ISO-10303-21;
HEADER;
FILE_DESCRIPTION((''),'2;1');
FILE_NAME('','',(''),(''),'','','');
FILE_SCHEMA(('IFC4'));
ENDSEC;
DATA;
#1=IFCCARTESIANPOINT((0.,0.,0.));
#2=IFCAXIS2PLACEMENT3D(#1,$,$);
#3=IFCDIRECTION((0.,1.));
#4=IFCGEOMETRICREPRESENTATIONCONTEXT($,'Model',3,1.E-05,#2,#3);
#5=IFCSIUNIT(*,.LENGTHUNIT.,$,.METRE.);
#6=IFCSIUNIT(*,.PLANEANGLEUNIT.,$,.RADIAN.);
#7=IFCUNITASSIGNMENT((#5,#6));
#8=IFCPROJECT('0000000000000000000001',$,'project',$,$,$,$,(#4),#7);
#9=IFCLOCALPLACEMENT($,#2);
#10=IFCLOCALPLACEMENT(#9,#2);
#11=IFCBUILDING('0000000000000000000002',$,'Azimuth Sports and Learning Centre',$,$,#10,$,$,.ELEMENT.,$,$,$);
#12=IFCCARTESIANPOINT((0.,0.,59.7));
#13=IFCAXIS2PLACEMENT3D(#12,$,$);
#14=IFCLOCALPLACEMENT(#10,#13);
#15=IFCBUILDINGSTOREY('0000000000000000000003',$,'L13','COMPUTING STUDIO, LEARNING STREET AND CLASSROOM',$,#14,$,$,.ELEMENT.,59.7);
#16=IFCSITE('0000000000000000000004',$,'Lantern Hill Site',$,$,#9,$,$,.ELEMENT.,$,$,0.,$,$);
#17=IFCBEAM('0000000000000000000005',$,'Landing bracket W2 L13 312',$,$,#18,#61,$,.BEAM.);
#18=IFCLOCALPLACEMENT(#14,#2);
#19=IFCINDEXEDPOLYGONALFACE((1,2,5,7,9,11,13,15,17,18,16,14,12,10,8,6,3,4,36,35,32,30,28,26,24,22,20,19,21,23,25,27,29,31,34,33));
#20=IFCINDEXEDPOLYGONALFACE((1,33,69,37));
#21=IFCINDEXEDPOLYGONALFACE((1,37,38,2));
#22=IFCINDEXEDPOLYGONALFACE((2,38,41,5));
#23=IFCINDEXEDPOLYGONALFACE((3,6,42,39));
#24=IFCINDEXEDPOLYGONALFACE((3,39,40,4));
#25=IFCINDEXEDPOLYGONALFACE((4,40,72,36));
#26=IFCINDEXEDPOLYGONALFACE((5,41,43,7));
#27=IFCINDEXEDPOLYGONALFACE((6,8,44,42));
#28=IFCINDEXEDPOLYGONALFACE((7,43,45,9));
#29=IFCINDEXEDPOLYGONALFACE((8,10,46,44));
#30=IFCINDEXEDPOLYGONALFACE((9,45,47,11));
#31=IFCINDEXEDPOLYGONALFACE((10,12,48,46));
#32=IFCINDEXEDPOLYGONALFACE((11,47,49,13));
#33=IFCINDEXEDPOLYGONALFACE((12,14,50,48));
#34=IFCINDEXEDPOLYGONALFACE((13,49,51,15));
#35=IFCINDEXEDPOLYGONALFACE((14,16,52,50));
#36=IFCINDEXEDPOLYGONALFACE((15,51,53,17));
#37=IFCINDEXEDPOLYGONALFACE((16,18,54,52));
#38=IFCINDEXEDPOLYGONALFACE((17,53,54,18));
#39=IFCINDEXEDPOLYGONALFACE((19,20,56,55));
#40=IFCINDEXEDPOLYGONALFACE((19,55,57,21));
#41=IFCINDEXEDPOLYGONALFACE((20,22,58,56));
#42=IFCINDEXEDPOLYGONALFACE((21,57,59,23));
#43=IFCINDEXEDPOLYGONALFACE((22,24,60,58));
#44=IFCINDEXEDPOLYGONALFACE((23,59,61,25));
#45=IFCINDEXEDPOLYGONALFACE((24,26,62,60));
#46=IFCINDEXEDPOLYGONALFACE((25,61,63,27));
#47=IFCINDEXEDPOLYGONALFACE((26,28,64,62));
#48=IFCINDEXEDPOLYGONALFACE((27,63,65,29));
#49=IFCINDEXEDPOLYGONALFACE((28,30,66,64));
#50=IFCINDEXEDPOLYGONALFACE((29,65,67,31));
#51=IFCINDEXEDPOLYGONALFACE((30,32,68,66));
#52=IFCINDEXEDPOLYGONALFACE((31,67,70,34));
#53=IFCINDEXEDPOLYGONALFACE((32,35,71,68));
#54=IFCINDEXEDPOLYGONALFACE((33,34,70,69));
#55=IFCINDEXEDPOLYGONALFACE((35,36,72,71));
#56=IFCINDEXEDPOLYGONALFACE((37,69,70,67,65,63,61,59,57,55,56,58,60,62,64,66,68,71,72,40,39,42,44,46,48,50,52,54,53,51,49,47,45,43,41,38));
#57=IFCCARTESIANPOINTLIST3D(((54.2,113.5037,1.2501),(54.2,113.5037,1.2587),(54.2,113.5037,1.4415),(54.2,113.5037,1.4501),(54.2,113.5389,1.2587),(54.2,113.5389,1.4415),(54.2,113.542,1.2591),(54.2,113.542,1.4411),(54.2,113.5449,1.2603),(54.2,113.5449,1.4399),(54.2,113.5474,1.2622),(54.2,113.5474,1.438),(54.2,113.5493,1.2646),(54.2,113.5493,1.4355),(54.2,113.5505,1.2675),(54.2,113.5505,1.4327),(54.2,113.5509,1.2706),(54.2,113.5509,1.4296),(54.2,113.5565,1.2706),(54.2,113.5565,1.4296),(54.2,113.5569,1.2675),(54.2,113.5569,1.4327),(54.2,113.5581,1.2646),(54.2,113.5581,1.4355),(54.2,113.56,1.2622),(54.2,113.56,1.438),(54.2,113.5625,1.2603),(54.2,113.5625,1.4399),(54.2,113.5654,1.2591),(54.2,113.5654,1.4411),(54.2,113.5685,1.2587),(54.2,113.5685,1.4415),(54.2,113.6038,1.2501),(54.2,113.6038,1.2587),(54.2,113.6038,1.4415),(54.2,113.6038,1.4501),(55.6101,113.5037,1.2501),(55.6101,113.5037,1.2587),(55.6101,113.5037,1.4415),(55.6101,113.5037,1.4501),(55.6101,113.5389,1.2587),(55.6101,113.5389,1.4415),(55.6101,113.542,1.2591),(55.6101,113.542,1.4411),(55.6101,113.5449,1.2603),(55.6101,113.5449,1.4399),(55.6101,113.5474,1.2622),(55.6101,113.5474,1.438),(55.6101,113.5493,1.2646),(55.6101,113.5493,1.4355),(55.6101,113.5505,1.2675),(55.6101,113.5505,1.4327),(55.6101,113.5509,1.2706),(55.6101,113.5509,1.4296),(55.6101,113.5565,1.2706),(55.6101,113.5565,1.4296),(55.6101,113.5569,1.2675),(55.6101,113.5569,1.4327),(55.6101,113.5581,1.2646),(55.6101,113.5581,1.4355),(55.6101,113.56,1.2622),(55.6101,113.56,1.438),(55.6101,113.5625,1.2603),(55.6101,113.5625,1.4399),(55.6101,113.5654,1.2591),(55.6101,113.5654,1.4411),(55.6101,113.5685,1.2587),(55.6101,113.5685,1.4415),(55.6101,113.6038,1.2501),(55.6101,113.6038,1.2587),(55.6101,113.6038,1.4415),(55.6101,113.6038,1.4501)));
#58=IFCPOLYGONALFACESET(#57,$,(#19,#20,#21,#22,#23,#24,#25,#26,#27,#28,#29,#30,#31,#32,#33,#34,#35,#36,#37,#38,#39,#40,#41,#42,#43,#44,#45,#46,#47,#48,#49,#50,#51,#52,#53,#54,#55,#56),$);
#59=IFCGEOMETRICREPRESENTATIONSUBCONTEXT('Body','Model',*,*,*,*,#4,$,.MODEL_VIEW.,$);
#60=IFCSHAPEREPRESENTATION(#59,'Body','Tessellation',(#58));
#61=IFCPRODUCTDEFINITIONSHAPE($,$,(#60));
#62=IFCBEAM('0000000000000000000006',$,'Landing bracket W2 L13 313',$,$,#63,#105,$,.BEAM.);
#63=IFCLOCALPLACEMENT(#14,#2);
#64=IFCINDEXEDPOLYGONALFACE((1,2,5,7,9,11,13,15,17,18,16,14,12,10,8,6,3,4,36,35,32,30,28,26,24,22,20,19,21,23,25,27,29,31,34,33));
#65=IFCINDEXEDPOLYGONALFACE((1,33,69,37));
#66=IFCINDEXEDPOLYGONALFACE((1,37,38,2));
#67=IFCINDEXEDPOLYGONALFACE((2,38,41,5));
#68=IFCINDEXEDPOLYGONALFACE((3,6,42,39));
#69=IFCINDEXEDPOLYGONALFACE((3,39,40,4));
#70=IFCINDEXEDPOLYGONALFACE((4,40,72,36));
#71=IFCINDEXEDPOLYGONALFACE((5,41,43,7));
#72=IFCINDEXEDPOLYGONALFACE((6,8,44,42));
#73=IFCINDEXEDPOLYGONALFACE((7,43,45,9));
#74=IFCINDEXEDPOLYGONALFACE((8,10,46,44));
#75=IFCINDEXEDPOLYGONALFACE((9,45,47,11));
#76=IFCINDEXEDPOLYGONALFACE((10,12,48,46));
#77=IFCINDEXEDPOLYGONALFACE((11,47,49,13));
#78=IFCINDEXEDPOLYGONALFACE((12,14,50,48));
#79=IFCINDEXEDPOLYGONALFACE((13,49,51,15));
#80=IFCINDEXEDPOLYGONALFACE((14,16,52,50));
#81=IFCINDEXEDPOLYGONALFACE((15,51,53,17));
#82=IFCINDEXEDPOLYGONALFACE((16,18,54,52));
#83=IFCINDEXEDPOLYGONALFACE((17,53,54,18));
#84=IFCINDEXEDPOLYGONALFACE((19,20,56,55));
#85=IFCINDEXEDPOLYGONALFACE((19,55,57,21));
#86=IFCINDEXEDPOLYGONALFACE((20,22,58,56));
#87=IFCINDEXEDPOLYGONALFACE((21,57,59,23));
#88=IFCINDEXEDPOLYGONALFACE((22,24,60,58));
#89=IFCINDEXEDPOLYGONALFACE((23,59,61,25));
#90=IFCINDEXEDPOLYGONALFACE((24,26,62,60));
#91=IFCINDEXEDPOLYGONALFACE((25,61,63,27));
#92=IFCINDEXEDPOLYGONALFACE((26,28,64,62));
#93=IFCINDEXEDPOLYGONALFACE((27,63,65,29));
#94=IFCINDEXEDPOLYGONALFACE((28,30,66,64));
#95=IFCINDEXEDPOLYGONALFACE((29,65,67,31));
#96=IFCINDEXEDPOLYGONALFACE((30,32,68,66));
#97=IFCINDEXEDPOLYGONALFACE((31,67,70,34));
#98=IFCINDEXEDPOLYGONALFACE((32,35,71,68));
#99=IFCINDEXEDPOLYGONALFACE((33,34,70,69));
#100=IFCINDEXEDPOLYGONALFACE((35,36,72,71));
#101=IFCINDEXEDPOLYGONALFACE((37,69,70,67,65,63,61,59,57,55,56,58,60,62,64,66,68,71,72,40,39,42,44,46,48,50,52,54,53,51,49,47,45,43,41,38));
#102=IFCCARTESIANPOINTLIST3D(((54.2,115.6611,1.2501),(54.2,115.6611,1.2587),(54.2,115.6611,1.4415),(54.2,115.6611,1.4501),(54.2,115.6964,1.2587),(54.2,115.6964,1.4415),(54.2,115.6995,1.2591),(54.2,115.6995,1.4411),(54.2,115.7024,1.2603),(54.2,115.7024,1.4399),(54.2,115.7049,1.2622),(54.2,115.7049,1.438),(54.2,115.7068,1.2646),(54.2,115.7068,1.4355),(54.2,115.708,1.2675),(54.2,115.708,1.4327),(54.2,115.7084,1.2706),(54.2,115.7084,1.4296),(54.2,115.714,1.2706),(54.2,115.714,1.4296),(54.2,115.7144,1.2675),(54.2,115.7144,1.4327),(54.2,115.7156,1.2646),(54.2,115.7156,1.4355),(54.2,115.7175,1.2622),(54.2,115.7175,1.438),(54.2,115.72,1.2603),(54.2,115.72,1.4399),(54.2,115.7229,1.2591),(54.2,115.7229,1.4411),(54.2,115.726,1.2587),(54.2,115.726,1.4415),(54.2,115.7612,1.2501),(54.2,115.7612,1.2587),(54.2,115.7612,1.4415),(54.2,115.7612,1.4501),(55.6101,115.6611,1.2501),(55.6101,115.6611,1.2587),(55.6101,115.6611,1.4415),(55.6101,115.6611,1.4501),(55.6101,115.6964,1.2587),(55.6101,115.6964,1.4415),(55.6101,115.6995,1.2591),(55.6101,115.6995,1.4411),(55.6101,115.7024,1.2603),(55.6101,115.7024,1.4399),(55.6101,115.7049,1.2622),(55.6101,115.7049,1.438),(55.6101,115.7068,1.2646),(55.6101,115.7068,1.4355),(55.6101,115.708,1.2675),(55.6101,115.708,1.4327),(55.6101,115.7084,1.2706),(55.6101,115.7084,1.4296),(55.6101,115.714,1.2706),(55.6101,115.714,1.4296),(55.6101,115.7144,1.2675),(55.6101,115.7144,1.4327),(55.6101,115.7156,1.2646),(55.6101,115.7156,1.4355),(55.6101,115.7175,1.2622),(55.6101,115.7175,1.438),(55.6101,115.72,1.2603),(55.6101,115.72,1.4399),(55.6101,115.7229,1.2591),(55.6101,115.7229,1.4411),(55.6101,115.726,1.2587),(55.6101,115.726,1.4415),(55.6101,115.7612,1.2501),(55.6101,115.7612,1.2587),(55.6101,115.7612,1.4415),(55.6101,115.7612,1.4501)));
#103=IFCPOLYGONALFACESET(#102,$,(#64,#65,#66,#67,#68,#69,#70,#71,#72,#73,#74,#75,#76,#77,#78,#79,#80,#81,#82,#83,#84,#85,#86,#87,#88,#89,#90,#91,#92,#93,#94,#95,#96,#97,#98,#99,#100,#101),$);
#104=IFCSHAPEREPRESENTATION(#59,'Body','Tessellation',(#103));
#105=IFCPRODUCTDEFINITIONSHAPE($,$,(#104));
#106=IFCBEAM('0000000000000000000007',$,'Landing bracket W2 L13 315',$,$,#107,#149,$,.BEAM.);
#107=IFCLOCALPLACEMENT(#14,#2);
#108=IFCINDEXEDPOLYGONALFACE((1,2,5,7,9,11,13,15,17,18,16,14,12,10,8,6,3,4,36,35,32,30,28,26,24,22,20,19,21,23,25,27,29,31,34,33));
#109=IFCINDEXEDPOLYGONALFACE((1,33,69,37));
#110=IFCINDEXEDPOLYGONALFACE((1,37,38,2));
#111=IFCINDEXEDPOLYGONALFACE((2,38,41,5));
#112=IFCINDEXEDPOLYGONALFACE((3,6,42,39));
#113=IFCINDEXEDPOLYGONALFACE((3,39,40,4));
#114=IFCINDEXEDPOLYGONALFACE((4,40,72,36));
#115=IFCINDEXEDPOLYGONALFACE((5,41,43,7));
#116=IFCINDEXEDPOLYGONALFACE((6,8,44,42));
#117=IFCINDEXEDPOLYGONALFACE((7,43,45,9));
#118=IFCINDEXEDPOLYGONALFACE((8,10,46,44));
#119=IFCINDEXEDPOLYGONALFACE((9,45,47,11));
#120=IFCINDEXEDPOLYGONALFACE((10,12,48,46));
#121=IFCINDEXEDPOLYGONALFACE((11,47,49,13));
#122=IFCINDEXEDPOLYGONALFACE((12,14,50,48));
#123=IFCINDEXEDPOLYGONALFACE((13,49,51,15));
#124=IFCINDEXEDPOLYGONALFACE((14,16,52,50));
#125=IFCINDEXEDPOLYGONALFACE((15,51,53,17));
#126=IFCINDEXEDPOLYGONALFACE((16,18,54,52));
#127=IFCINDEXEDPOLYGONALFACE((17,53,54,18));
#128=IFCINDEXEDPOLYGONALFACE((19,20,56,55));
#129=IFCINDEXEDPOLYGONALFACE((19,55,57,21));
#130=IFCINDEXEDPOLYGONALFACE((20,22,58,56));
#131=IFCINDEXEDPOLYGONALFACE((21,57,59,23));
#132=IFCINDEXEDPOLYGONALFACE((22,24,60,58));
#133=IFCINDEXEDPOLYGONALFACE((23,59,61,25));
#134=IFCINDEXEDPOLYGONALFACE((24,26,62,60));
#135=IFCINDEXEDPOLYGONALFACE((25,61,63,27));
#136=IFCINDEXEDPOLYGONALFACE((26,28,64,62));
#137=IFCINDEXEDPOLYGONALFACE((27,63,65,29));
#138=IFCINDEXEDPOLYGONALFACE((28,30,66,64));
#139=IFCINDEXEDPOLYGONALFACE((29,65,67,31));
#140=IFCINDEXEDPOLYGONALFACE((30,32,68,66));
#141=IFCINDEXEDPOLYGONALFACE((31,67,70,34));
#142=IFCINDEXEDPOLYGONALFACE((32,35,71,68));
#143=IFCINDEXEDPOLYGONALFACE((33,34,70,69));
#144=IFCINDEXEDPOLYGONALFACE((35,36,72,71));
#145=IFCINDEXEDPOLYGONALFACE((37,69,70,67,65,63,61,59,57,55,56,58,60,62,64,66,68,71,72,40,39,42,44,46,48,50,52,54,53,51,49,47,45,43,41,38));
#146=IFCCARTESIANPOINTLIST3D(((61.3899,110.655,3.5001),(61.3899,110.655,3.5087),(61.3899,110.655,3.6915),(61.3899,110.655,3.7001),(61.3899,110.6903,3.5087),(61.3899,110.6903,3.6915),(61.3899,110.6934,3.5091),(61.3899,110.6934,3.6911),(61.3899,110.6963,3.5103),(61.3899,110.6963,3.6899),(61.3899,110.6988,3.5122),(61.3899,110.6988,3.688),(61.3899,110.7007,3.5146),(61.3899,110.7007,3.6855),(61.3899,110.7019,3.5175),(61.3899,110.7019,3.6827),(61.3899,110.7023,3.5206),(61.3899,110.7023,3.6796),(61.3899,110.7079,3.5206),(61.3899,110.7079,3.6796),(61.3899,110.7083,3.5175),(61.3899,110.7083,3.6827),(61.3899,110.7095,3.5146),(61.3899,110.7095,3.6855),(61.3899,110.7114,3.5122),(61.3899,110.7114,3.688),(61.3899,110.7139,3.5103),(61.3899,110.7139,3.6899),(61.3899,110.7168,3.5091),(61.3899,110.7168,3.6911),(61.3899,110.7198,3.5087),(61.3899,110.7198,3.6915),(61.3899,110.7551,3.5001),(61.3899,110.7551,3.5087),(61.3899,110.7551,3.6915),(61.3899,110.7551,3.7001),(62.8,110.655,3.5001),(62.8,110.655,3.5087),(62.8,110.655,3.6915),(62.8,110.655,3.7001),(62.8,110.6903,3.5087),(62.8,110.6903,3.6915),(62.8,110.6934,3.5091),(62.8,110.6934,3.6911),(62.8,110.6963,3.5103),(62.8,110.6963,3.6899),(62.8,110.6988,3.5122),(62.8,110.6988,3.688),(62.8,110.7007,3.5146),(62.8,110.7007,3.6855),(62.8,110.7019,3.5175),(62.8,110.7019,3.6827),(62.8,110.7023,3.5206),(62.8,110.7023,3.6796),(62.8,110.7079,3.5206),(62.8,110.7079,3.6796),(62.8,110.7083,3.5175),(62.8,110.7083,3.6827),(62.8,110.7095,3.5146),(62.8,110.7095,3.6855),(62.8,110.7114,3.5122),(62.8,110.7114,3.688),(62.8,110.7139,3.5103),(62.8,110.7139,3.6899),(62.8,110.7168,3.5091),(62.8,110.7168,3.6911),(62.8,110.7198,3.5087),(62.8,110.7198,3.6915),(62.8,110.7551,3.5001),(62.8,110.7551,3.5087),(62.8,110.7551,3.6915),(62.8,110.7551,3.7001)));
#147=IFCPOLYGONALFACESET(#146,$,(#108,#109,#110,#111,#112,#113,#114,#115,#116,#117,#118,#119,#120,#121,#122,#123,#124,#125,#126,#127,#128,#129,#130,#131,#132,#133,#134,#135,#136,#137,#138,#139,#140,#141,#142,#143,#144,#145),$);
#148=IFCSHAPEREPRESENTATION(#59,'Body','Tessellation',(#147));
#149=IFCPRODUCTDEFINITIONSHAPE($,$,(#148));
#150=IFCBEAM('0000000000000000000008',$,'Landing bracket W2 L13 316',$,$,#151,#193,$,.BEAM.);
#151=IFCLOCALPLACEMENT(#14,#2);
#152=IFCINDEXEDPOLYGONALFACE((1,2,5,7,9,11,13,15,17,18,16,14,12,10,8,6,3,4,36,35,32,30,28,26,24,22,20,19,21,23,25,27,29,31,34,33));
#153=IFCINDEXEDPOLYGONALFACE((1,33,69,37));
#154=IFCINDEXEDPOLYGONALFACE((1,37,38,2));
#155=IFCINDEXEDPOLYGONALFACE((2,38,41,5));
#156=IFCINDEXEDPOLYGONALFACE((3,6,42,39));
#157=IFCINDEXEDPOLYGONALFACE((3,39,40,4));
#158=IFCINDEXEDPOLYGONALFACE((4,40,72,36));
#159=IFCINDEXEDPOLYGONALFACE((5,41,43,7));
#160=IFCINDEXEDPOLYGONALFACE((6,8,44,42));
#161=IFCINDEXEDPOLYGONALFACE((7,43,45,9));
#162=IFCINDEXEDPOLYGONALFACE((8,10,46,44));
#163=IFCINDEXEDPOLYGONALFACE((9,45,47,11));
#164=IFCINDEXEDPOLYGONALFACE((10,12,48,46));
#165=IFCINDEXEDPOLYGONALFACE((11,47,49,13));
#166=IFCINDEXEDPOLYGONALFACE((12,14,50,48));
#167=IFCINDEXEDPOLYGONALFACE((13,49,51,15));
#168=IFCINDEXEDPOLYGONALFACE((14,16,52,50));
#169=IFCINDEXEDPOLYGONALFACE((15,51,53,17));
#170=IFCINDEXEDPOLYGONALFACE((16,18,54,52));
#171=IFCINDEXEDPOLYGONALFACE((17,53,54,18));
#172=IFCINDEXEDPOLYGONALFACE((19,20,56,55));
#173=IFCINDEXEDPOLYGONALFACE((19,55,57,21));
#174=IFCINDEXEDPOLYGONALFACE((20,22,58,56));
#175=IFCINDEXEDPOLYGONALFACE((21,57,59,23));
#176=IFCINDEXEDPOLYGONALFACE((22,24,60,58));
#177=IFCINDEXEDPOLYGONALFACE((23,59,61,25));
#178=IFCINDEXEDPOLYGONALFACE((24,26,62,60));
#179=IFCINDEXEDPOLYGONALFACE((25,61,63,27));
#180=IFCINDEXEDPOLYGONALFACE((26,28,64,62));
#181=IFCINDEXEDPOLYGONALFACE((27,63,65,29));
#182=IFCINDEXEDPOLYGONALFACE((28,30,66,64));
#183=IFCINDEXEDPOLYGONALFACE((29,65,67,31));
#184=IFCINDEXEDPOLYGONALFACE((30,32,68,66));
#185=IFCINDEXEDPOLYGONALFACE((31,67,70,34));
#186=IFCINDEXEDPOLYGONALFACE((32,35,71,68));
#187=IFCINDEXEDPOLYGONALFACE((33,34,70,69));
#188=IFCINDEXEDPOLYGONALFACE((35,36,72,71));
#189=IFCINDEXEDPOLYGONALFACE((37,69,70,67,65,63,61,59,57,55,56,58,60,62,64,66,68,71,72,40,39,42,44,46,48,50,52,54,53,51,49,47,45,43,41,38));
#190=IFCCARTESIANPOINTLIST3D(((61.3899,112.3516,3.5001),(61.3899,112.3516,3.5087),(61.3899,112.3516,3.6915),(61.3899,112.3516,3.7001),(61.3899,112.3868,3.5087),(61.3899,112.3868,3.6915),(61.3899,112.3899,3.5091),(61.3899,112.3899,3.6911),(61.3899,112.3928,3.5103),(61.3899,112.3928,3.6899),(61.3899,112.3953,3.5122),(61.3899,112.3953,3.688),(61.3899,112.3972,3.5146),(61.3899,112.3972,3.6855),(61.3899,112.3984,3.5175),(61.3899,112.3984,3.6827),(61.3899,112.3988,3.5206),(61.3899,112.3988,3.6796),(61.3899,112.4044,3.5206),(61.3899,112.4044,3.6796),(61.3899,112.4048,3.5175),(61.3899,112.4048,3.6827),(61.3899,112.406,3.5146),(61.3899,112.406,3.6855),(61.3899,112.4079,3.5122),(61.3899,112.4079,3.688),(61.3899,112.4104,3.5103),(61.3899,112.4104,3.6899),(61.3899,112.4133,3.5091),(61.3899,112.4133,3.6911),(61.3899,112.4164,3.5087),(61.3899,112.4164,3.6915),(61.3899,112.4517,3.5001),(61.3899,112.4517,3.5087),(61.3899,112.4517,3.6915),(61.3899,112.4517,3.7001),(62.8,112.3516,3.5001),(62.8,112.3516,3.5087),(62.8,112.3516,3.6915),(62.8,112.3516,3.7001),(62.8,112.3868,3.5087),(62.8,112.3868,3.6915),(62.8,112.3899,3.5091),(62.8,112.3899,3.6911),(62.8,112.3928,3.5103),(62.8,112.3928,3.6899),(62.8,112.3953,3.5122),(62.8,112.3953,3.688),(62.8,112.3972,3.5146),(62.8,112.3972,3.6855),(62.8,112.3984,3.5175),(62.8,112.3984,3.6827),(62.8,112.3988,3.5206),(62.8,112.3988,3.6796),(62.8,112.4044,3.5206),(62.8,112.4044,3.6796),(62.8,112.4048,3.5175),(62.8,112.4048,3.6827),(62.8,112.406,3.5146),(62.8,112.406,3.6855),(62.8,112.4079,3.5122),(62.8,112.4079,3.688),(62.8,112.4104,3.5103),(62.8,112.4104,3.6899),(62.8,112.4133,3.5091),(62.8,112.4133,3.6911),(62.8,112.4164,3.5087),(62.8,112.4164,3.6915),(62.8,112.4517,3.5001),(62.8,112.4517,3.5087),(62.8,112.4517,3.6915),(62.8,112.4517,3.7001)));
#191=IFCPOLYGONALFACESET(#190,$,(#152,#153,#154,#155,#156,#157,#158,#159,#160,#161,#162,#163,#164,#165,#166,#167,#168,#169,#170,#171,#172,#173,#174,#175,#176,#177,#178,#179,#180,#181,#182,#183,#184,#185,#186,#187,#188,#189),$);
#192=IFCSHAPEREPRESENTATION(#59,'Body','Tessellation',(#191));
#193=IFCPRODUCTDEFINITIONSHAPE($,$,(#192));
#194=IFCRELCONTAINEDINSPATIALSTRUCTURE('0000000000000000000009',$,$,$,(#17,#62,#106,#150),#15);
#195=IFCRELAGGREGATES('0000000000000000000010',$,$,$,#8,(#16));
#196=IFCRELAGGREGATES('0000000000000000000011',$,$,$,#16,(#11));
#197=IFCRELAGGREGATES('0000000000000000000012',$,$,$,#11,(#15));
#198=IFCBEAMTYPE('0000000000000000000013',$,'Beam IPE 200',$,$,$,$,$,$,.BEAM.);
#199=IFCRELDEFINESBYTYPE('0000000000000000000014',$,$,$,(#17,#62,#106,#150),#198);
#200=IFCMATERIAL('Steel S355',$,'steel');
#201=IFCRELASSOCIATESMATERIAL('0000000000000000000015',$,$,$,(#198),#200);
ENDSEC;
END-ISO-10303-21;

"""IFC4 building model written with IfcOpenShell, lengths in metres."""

from ifc_helpers import new_model, si_unit, direction, frame, origin, origin_2d, place, context, subcontext, project, spatial, i_section, extrude, material, material_profile, profile_set, type_object, element, save


model = new_model("IFC4")

# Units and contexts
model_context = context("Model", 3, precision=1e-05, world=origin(), true_north=direction((0.0, 1.0)))
body_context = subcontext(model_context, "Body", "Model", "MODEL_VIEW")
ifc_project = project(units=[si_unit("LENGTHUNIT", "METRE"), si_unit("PLANEANGLEUNIT", "RADIAN")], contexts=[model_context])

# Site, building, storey
site_placement = place(None, origin())
site = spatial("IfcSite", under=ifc_project, at=site_placement, Name="Lantern Hill Site", CompositionType="ELEMENT", RefElevation=0.0)
building_placement = place(site_placement, origin())
building = spatial("IfcBuilding", under=site, at=building_placement, Name="Azimuth Sports and Learning Centre", CompositionType="ELEMENT")
storey_placement = place(building_placement, frame((0.0, 0.0, 59.7)))
storey = spatial("IfcBuildingStorey", under=building, at=storey_placement, Name="L13", Description="COMPUTING STUDIO, LEARNING STREET AND CLASSROOM", CompositionType="ELEMENT", Elevation=59.7)

# Beams
ifc_material_1 = material(Name="Steel S355", Category="steel")
ifc_material_profile_1 = material_profile(ifc_material_1, i_section(OverallWidth=0.1001, OverallDepth=0.2, WebThickness=0.0056, FlangeThickness=0.0085, FilletRadius=0.012, at=origin_2d()), Name="IPE 200")
ifc_profile_set_1 = profile_set([ifc_material_profile_1], Name="Steel S355")
beam_type_1 = type_object("IfcBeamType", Name="Beam IPE 200", PredefinedType="BEAM", material=ifc_profile_set_1)
for number, where, z_axis, x_axis, name in (
    (1, (54.2, 113.5537, 1.3501), (1.0, 0.0, 0.0), (0.0, 1.0, 0.0), "Landing bracket W2 L13 312"),
    (2, (54.2, 115.7112, 1.3501), (1.0, 0.0, 0.0), (0.0, 1.0, 0.0), "Landing bracket W2 L13 313"),
    (3, (62.8, 110.7051, 3.6001), (-1.0, 0.0, 0.0), (0.0, -1.0, 0.0), "Landing bracket W2 L13 315"),
    (4, (62.8, 112.4016, 3.6001), (-1.0, 0.0, 0.0), (0.0, -1.0, 0.0), "Landing bracket W2 L13 316"),
):
    element("IfcBeam", number, at=place(storey_placement, frame(where, z_axis=z_axis, x_axis=x_axis)), inside=storey, type_object=beam_type_1, Name=name, PredefinedType="BEAM", context=body_context, shape_type="SweptSolid", body=[
        extrude(i_section(OverallWidth=0.1001, OverallDepth=0.2, WebThickness=0.0056, FlangeThickness=0.0085, FilletRadius=0.012, at=origin_2d()), origin(), (0.0, 0.0, 1.0), 1.4102),
    ])

save(model, "model.ifc")
